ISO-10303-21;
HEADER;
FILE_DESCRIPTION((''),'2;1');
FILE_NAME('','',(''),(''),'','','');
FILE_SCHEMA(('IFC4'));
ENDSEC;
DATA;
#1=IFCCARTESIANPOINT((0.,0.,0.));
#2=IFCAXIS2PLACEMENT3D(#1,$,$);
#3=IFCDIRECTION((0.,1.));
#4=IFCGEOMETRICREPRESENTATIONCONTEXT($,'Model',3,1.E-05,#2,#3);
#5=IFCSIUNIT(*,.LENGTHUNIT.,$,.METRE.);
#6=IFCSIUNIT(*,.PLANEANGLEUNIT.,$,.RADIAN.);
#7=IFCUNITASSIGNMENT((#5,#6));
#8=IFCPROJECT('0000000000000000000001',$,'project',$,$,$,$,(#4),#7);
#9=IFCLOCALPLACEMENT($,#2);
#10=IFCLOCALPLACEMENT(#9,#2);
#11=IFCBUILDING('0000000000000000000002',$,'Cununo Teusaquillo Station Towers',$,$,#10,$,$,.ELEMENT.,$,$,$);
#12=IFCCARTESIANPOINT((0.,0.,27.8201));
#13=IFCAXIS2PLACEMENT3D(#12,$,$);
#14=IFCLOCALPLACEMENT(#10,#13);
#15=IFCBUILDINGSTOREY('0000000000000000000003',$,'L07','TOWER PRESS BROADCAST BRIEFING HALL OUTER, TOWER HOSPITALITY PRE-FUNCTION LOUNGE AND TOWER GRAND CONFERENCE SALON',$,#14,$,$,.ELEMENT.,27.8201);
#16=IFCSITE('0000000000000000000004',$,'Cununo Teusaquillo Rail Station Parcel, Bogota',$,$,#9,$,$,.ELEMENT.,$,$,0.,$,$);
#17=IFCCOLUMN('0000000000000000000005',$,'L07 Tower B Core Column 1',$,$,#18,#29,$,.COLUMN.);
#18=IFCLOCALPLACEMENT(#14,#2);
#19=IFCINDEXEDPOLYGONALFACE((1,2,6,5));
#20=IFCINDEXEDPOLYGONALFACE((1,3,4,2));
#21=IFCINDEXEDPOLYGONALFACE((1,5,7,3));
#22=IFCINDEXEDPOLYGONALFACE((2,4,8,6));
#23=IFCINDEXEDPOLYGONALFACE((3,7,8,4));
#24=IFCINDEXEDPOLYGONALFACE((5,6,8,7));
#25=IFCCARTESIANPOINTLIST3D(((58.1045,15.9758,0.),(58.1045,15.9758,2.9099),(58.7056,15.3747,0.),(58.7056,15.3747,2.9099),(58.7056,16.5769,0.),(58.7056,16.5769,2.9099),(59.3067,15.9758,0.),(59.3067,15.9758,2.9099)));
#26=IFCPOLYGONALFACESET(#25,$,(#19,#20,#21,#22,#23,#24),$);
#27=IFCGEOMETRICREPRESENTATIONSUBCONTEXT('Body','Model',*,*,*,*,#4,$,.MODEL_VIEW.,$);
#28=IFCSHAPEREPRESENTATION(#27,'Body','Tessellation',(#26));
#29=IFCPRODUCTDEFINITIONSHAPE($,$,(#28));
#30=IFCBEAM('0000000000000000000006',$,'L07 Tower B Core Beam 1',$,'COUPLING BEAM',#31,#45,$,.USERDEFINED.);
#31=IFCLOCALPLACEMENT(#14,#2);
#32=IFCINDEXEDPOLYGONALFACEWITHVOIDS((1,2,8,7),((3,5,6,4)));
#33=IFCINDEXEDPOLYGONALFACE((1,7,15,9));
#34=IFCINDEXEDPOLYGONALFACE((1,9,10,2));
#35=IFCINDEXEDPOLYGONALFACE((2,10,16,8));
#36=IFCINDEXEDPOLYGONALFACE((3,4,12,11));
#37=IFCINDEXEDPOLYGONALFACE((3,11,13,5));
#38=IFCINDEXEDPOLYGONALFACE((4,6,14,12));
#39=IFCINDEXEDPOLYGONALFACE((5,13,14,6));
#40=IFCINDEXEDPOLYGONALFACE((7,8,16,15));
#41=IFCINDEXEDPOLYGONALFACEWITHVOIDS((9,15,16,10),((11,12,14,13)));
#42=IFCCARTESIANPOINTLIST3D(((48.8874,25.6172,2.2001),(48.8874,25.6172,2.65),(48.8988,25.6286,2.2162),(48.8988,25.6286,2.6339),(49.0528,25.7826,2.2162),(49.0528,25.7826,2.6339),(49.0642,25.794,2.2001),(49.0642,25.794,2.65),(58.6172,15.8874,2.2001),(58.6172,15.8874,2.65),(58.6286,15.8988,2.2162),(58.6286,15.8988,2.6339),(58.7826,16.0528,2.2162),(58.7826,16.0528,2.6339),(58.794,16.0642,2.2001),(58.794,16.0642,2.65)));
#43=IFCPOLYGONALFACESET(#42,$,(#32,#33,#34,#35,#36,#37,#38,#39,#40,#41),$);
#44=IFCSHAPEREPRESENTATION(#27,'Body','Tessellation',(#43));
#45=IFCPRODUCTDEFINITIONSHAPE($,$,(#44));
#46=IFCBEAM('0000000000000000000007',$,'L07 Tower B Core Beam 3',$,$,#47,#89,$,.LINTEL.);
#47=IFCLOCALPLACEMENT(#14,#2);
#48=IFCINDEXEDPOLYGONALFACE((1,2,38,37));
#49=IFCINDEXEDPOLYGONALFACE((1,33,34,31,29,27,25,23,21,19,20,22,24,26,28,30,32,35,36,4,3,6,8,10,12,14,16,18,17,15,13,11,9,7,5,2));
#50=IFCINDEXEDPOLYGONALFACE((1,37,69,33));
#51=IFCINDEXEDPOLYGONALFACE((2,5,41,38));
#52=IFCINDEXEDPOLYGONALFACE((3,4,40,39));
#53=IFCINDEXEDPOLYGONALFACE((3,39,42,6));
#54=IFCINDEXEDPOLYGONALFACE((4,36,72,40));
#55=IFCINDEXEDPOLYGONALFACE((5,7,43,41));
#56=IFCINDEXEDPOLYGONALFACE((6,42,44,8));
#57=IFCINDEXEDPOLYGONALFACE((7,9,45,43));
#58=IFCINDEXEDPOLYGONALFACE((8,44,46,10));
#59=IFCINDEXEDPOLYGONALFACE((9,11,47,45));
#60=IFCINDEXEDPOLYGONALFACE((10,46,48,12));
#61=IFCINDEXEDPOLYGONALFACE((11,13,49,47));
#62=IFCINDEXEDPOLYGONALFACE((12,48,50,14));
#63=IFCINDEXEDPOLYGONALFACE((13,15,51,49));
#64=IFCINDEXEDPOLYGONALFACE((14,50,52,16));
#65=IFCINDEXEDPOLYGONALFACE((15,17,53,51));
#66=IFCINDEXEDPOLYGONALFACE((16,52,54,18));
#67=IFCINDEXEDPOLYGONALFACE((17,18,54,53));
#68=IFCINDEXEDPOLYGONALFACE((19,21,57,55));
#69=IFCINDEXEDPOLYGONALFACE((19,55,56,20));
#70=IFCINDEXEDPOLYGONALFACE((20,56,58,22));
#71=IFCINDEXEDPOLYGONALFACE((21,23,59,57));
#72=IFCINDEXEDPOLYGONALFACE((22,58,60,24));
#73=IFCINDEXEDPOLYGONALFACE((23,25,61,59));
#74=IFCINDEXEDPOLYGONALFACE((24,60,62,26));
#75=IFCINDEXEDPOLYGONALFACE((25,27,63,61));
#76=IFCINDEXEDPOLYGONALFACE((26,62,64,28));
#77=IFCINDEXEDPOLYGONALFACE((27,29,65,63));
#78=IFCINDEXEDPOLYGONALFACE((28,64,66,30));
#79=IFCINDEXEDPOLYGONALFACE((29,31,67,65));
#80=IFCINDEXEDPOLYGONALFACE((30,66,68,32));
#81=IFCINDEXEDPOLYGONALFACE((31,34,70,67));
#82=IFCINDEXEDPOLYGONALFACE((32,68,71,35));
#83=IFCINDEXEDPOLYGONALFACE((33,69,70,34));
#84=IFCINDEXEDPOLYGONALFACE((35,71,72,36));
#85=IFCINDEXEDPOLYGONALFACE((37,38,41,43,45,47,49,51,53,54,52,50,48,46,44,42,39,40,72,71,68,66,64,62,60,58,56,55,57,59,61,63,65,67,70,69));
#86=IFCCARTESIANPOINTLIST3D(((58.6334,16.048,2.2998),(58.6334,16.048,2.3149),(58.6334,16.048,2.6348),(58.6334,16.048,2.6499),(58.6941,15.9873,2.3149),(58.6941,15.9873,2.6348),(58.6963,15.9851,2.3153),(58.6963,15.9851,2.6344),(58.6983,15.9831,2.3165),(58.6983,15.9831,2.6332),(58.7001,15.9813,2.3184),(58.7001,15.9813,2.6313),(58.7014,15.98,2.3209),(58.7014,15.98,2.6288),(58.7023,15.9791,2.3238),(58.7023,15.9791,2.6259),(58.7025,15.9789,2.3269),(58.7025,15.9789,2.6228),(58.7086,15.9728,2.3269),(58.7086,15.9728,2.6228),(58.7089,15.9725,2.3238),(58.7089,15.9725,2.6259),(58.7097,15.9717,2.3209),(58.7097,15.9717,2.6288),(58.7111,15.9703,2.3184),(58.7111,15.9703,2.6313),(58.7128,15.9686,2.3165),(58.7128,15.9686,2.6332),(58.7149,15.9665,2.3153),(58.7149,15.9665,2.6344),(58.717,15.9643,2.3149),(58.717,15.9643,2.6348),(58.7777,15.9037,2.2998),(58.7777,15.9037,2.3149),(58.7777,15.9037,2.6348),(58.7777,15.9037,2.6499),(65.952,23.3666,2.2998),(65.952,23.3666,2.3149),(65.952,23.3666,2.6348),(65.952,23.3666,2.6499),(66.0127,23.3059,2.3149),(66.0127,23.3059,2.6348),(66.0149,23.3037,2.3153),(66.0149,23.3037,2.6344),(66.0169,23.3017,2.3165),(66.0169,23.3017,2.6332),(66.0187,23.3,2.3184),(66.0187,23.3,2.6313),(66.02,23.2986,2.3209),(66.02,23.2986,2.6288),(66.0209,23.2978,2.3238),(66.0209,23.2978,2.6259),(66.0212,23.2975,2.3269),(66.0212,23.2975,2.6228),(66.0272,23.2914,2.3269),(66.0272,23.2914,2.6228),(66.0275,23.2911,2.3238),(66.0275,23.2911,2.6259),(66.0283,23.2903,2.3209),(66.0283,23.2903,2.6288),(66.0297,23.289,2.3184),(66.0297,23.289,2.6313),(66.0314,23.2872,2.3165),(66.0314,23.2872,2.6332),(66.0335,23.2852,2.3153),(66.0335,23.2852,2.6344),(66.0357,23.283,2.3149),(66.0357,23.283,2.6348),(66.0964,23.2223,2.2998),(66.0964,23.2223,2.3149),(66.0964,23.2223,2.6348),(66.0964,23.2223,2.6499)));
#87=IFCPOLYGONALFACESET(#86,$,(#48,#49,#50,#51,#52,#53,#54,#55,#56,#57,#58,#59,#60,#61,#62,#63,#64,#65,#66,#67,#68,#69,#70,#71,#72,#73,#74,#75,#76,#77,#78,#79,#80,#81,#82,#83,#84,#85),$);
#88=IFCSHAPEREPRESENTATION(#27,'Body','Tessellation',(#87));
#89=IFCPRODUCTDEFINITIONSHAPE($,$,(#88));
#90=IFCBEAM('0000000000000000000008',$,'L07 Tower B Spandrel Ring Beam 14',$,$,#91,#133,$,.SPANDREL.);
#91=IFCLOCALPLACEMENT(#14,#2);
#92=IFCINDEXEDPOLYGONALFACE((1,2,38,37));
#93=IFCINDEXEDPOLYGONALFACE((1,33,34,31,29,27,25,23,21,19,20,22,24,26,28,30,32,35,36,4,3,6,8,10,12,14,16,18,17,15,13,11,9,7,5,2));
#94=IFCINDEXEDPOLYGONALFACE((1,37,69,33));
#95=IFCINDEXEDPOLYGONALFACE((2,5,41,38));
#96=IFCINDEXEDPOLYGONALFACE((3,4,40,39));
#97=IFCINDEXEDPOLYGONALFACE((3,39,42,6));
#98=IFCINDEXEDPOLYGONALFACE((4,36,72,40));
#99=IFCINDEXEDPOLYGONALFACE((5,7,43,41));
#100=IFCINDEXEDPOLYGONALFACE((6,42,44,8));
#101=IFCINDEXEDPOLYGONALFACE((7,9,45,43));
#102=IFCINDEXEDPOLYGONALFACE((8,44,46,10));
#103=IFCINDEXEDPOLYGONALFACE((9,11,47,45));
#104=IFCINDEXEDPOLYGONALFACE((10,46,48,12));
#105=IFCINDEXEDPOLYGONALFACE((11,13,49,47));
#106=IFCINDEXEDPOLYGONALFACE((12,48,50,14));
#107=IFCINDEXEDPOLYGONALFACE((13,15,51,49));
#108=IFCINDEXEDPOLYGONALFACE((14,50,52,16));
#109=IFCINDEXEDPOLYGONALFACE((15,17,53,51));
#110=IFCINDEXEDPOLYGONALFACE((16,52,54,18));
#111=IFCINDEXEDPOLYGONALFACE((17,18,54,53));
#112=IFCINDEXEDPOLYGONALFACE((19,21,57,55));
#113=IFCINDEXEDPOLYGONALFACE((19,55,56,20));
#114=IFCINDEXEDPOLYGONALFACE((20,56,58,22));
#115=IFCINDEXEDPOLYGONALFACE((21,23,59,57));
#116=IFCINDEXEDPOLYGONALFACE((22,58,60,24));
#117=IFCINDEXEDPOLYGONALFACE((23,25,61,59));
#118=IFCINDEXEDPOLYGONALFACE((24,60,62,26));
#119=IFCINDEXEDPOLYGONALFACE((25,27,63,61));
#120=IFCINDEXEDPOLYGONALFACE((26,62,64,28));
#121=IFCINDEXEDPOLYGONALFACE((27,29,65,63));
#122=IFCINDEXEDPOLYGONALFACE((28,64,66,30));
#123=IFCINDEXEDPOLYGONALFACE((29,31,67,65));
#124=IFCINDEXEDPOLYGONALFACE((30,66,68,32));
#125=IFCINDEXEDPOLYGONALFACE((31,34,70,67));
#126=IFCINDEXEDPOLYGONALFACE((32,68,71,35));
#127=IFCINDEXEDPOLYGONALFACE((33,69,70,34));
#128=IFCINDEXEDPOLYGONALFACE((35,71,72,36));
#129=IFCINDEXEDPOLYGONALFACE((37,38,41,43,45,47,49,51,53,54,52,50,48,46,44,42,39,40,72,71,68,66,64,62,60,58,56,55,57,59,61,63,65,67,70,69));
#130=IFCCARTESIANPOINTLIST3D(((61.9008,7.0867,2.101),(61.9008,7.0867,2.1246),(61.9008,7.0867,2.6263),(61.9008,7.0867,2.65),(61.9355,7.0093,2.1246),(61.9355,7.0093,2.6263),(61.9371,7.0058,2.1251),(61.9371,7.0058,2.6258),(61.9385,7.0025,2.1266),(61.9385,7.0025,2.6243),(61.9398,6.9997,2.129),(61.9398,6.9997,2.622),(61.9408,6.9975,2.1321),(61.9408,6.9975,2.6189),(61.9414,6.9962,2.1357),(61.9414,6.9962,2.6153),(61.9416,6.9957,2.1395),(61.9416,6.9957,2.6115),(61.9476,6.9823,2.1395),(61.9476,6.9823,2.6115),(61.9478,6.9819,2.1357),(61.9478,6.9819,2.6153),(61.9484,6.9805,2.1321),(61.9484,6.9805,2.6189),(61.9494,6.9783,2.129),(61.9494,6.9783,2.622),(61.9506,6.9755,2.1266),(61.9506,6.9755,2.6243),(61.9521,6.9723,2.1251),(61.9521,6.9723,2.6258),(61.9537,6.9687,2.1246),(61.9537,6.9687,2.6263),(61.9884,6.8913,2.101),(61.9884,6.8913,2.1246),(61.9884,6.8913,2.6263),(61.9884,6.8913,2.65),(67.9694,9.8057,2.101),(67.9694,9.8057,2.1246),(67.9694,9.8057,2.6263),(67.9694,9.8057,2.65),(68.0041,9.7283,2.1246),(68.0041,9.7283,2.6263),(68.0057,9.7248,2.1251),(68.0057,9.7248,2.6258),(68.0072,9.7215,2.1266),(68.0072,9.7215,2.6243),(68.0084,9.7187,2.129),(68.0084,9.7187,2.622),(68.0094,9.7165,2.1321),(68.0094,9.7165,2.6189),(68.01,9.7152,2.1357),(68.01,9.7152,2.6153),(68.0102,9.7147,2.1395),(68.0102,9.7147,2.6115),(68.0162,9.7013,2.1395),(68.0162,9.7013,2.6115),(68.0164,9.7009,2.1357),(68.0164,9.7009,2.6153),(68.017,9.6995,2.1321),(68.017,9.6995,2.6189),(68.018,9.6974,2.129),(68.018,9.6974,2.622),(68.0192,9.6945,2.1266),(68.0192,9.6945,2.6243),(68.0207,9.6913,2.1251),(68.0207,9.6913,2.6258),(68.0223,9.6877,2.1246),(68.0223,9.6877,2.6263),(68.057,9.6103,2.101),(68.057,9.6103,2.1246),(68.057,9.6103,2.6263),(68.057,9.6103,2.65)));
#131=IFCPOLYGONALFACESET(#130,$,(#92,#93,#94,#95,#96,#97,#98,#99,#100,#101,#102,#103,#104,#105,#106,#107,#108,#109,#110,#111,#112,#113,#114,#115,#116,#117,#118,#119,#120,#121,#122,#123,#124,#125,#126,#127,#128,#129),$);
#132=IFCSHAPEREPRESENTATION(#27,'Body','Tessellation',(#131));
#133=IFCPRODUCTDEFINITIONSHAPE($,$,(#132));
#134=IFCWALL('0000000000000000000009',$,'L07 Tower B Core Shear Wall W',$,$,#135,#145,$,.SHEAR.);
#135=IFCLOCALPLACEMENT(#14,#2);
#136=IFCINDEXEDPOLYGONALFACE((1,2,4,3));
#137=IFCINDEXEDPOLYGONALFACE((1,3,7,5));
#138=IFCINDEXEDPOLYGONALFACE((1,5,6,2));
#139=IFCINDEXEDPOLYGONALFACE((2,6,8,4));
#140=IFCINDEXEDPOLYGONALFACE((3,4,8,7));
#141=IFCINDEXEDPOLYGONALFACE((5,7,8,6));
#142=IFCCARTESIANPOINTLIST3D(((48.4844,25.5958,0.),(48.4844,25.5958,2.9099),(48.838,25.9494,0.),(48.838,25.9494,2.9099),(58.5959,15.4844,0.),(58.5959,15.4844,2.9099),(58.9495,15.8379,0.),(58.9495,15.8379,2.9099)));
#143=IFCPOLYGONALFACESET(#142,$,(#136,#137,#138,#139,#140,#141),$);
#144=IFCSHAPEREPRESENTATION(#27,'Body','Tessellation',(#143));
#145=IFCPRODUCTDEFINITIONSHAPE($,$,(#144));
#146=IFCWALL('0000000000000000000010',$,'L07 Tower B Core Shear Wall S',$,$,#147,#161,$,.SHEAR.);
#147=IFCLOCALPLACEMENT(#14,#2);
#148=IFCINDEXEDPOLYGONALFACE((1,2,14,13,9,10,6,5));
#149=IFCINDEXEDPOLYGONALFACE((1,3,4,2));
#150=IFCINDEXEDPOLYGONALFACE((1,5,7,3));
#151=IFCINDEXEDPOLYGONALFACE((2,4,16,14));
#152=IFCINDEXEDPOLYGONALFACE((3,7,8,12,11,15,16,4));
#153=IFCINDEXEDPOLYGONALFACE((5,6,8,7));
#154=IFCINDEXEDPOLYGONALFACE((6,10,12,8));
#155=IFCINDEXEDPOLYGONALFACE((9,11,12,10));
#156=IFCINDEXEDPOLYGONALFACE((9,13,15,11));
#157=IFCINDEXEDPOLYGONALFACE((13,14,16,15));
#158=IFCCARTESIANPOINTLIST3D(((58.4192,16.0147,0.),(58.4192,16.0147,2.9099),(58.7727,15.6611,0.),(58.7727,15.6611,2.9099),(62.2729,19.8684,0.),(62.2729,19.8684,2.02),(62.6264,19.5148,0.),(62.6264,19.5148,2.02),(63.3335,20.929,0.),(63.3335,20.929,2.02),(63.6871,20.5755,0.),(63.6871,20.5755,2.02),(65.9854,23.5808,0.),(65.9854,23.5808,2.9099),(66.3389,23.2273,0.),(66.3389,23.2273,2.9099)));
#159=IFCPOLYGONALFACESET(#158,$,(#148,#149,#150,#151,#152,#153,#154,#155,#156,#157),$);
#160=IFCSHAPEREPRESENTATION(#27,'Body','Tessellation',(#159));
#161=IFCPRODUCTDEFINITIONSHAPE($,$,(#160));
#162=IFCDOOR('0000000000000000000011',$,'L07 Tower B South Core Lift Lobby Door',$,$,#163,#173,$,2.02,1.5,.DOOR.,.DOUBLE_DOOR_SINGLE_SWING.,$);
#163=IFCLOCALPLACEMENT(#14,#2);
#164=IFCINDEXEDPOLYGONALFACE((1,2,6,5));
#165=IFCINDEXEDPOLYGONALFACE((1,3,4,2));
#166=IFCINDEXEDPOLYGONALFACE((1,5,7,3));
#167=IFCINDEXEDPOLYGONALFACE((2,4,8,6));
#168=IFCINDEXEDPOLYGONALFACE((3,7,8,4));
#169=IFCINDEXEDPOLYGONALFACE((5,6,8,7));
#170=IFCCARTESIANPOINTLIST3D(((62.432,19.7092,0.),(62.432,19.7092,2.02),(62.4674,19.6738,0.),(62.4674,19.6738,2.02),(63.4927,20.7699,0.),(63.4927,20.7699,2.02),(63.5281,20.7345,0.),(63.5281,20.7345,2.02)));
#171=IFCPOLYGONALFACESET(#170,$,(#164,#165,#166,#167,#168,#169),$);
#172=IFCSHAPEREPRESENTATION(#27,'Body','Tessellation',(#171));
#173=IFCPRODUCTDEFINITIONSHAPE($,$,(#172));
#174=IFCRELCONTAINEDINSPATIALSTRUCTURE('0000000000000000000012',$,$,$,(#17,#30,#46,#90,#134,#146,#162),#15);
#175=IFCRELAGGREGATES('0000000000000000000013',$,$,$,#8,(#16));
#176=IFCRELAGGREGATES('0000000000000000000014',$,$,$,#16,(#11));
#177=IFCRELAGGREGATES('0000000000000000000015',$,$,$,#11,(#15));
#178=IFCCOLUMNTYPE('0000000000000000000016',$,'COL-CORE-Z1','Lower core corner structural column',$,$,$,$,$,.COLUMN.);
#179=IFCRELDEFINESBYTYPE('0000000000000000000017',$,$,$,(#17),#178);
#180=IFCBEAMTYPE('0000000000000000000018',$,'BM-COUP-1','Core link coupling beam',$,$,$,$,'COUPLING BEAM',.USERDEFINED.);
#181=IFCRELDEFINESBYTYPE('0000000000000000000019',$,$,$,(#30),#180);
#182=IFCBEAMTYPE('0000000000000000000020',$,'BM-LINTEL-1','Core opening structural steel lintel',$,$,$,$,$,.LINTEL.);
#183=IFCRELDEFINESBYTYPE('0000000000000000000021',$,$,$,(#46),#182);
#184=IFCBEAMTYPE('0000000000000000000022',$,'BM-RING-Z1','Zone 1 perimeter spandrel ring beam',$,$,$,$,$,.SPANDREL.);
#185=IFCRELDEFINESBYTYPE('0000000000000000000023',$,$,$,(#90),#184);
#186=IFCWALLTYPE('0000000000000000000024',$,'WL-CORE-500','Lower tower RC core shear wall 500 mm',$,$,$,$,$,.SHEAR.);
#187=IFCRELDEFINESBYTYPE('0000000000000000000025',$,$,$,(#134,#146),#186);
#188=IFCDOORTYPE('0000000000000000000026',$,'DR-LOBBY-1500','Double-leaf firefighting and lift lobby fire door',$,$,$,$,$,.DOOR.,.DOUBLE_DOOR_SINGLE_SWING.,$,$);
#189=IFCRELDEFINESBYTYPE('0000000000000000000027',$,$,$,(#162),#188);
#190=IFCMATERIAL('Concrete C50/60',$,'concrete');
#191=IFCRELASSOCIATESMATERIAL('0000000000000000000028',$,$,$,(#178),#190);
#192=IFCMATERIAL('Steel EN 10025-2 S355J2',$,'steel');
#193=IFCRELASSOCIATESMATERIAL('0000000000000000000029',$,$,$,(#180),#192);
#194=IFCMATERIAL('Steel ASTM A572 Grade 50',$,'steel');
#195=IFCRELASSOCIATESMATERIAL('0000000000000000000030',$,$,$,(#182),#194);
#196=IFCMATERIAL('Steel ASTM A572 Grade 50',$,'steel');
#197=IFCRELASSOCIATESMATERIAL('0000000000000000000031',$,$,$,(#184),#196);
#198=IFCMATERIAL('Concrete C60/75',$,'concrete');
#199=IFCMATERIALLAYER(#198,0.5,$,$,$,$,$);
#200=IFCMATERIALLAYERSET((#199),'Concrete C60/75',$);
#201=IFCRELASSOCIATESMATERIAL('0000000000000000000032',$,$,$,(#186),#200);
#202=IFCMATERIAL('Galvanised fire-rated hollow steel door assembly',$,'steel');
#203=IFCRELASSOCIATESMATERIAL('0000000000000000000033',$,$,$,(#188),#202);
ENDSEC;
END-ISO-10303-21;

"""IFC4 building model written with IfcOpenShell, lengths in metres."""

from ifc_helpers import new_model, si_unit, direction, frame, frame_2d, origin, origin_2d, place, context, subcontext, project, spatial, rectangle, hollow_rectangle, i_section, extrude, source, transform, mapped, material, layer, layer_set, material_profile, profile_set, type_object, element, fill, save


model = new_model("IFC4")

# Units and contexts
model_context = context("Model", 3, precision=1e-05, world=origin(), true_north=direction((0.0, 1.0)))
body_context = subcontext(model_context, "Body", "Model", "MODEL_VIEW")
ifc_project = project(units=[si_unit("LENGTHUNIT", "METRE"), si_unit("PLANEANGLEUNIT", "RADIAN")], contexts=[model_context])

# Site, building, storey
site_placement = place(None, origin())
site = spatial("IfcSite", under=ifc_project, at=site_placement, Name="Cununo Teusaquillo Rail Station Parcel, Bogota", CompositionType="ELEMENT", RefElevation=0.0)
building_placement = place(site_placement, origin())
building = spatial("IfcBuilding", under=site, at=building_placement, Name="Cununo Teusaquillo Station Towers", CompositionType="ELEMENT")
storey_placement = place(building_placement, frame((0.0, 0.0, 27.8201)))
storey = spatial("IfcBuildingStorey", under=building, at=storey_placement, Name="L07", Description="TOWER PRESS BROADCAST BRIEFING HALL OUTER, TOWER HOSPITALITY PRE-FUNCTION LOUNGE AND TOWER GRAND CONFERENCE SALON", CompositionType="ELEMENT", Elevation=27.8201)

# Column
ifc_material_1 = material(Name="Concrete C50/60", Category="concrete")
ifc_material_profile_1 = material_profile(ifc_material_1, rectangle(XDim=0.8501, YDim=0.8501, at=origin_2d()), Name="RC-RECT-850x850")
ifc_profile_set_1 = profile_set([ifc_material_profile_1], Name="Concrete C50/60")
column_type = type_object("IfcColumnType", Name="COL-CORE-Z1", Description="Lower core corner structural column", PredefinedType="COLUMN", material=ifc_profile_set_1)
column_placement = place(storey_placement, frame((58.7056, 15.9758, 0.0), z_axis=(0.0, 0.0, 1.0), x_axis=(0.707107, 0.707107, 0.0)))
element("IfcColumn", 1, at=column_placement, inside=storey, type_object=column_type, Name="L07 Tower B Core Column 1", PredefinedType="COLUMN", context=body_context, shape_type="SweptSolid", body=[
    extrude(rectangle(XDim=0.8501, YDim=0.8501, at=origin_2d()), origin(), (0.0, 0.0, 1.0), 2.9099),
])

# Beams
ifc_material_2 = material(Name="Steel EN 10025-2 S355J2", Category="steel")
ifc_material_profile_2 = material_profile(ifc_material_2, hollow_rectangle(XDim=0.25, YDim=0.45, WallThickness=0.0161, at=origin_2d()), Name="RHS 450x250x16")
ifc_profile_set_2 = profile_set([ifc_material_profile_2], Name="Steel EN 10025-2 S355J2")
beam_type_1 = type_object("IfcBeamType", Name="BM-COUP-1", Description="Core link coupling beam", ElementType="COUPLING BEAM", PredefinedType="USERDEFINED", material=ifc_profile_set_2)
beam_1_placement = place(storey_placement, frame((58.7056, 15.9758, 2.425), z_axis=(-0.707107, 0.707107, 0.0), x_axis=(-0.707107, -0.707107, 0.0)))
element("IfcBeam", 2, at=beam_1_placement, inside=storey, type_object=beam_type_1, Name="L07 Tower B Core Beam 1", ObjectType="COUPLING BEAM", PredefinedType="USERDEFINED", context=body_context, shape_type="SweptSolid", body=[
    extrude(hollow_rectangle(XDim=0.25, YDim=0.45, WallThickness=0.0161, at=origin_2d()), origin(), (0.0, 0.0, 1.0), 13.76),
])
ifc_material_3 = material(Name="Steel ASTM A572 Grade 50", Category="steel")
ifc_material_profile_3 = material_profile(ifc_material_3, i_section(OverallWidth=0.2041, OverallDepth=0.3501, WebThickness=0.0085, FlangeThickness=0.0151, FilletRadius=0.012, at=origin_2d()), Name="W14X48")
ifc_profile_set_3 = profile_set([ifc_material_profile_3], Name="Steel ASTM A572 Grade 50")
beam_type_2 = type_object("IfcBeamType", Name="BM-LINTEL-1", Description="Core opening structural steel lintel", PredefinedType="LINTEL", material=ifc_profile_set_3)
beam_2_placement = place(storey_placement, frame((58.7056, 15.9758, 2.4749), z_axis=(0.707107, 0.707107, 0.0), x_axis=(-0.707107, 0.707107, 0.0)))
element("IfcBeam", 3, at=beam_2_placement, inside=storey, type_object=beam_type_2, Name="L07 Tower B Core Beam 3", PredefinedType="LINTEL", context=body_context, shape_type="SweptSolid", body=[
    extrude(i_section(OverallWidth=0.2041, OverallDepth=0.3501, WebThickness=0.0085, FlangeThickness=0.0151, FilletRadius=0.012, at=origin_2d()), origin(), (0.0, 0.0, 1.0), 10.3501),
])
ifc_material_4 = material(Name="Steel ASTM A572 Grade 50", Category="steel")
ifc_material_profile_4 = material_profile(ifc_material_4, i_section(OverallWidth=0.2141, OverallDepth=0.5491, WebThickness=0.0146, FlangeThickness=0.0237, FilletRadius=0.0149, at=origin_2d()), Name="W21X93")
ifc_profile_set_4 = profile_set([ifc_material_profile_4], Name="Steel ASTM A572 Grade 50")
beam_type_3 = type_object("IfcBeamType", Name="BM-RING-Z1", Description="Zone 1 perimeter spandrel ring beam", PredefinedType="SPANDREL", material=ifc_profile_set_4)
beam_3_placement = place(storey_placement, frame((61.9446, 6.989, 2.3755), z_axis=(0.912589, 0.408879, 0.0), x_axis=(-0.408879, 0.912589, 0.0)))
element("IfcBeam", 4, at=beam_3_placement, inside=storey, type_object=beam_type_3, Name="L07 Tower B Spandrel Ring Beam 14", PredefinedType="SPANDREL", context=body_context, shape_type="SweptSolid", body=[
    extrude(i_section(OverallWidth=0.2141, OverallDepth=0.5491, WebThickness=0.0146, FlangeThickness=0.0237, FilletRadius=0.0149, at=origin_2d()), origin(), (0.0, 0.0, 1.0), 6.6499),
])

# Wall
ifc_material_5 = material(Name="Concrete C60/75", Category="concrete")
ifc_layer_1 = layer(ifc_material_5, 0.5)
ifc_layer_set_1 = layer_set([ifc_layer_1], Name="Concrete C60/75")
wall_type_1 = type_object("IfcWallType", Name="WL-CORE-500", Description="Lower tower RC core shear wall 500 mm", PredefinedType="SHEAR", material=ifc_layer_set_1)
wall_1_placement = place(storey_placement, frame((58.7727, 15.6611, 0.0), z_axis=(0.0, 0.0, 1.0), x_axis=(-0.707107, 0.707107, 0.0)))
element("IfcWall", 5, at=wall_1_placement, inside=storey, type_object=wall_type_1, Name="L07 Tower B Core Shear Wall W", PredefinedType="SHEAR", context=body_context, shape_type="SweptSolid", body=[
    extrude(rectangle(XDim=14.2998, YDim=0.5, at=frame_2d((7.1499, 0.0))), origin(), (0.0, 0.0, 1.0), 2.9099),
])

# Wall, opening, door
wall_2_placement = place(storey_placement, frame((58.5959, 15.8379, 0.0), z_axis=(0.0, 0.0, 1.0), x_axis=(0.707107, 0.707107, 0.0)))
wall_2 = element("IfcWall", 6, at=wall_2_placement, inside=storey, type_object=wall_type_1, Name="L07 Tower B Core Shear Wall S", PredefinedType="SHEAR", context=body_context, shape_type="SweptSolid", body=[
    extrude(rectangle(XDim=10.7002, YDim=0.5, at=frame_2d((5.3501, 0.0))), origin(), (0.0, 0.0, 1.0), 2.9099),
])
shared_shape_1 = source(origin(), body_context, "Body", "SweptSolid", [
    extrude(rectangle(XDim=1.5, YDim=2.02, at=frame_2d((0.75, 1.01))), frame((0.0, 0.26, 0.0), z_axis=(0.0, -1.0, 0.0), x_axis=(1.0, 0.0, 0.0)), (0.0, 0.0, 1.0), 0.52),
])
opening_1_placement = place(wall_2_placement, frame((5.45, 0.0, 0.0)))
opening_1 = element("IfcOpeningElement", 7, at=opening_1_placement, cuts=wall_2, PredefinedType="OPENING", context=body_context, shape_type="MappedRepresentation", body=[
    mapped(shared_shape_1, transform((0.0, 0.0, 0.0), x_axis=(1.0, 0.0, 0.0), y_axis=(0.0, 1.0, 0.0), z_axis=(0.0, 0.0, 1.0), scale=1.0)),
])
ifc_material_6 = material(Name="Galvanised fire-rated hollow steel door assembly", Category="steel")
door_type_1 = type_object("IfcDoorType", Name="DR-LOBBY-1500", Description="Double-leaf firefighting and lift lobby fire door", OperationType="DOUBLE_DOOR_SINGLE_SWING", PredefinedType="DOOR", material=ifc_material_6)
shared_shape_2 = source(origin(), body_context, "Body", "SweptSolid", [
    extrude(rectangle(XDim=1.5, YDim=2.02, at=frame_2d((0.75, 1.01))), frame((0.0, 0.0249, 0.0), z_axis=(0.0, -1.0, 0.0), x_axis=(1.0, 0.0, 0.0)), (0.0, 0.0, 1.0), 0.05),
])
door_1_placement = place(opening_1_placement, origin())
door_1 = element("IfcDoor", 8, at=door_1_placement, inside=storey, type_object=door_type_1, Name="L07 Tower B South Core Lift Lobby Door", OperationType="DOUBLE_DOOR_SINGLE_SWING", OverallHeight=2.02, OverallWidth=1.5, PredefinedType="DOOR", context=body_context, shape_type="MappedRepresentation", body=[
    mapped(shared_shape_2, transform((0.0, 0.0, 0.0), x_axis=(1.0, 0.0, 0.0), y_axis=(0.0, 1.0, 0.0), z_axis=(0.0, 0.0, 1.0), scale=1.0)),
])
fill(opening_1, door_1)

save(model, "model.ifc")
